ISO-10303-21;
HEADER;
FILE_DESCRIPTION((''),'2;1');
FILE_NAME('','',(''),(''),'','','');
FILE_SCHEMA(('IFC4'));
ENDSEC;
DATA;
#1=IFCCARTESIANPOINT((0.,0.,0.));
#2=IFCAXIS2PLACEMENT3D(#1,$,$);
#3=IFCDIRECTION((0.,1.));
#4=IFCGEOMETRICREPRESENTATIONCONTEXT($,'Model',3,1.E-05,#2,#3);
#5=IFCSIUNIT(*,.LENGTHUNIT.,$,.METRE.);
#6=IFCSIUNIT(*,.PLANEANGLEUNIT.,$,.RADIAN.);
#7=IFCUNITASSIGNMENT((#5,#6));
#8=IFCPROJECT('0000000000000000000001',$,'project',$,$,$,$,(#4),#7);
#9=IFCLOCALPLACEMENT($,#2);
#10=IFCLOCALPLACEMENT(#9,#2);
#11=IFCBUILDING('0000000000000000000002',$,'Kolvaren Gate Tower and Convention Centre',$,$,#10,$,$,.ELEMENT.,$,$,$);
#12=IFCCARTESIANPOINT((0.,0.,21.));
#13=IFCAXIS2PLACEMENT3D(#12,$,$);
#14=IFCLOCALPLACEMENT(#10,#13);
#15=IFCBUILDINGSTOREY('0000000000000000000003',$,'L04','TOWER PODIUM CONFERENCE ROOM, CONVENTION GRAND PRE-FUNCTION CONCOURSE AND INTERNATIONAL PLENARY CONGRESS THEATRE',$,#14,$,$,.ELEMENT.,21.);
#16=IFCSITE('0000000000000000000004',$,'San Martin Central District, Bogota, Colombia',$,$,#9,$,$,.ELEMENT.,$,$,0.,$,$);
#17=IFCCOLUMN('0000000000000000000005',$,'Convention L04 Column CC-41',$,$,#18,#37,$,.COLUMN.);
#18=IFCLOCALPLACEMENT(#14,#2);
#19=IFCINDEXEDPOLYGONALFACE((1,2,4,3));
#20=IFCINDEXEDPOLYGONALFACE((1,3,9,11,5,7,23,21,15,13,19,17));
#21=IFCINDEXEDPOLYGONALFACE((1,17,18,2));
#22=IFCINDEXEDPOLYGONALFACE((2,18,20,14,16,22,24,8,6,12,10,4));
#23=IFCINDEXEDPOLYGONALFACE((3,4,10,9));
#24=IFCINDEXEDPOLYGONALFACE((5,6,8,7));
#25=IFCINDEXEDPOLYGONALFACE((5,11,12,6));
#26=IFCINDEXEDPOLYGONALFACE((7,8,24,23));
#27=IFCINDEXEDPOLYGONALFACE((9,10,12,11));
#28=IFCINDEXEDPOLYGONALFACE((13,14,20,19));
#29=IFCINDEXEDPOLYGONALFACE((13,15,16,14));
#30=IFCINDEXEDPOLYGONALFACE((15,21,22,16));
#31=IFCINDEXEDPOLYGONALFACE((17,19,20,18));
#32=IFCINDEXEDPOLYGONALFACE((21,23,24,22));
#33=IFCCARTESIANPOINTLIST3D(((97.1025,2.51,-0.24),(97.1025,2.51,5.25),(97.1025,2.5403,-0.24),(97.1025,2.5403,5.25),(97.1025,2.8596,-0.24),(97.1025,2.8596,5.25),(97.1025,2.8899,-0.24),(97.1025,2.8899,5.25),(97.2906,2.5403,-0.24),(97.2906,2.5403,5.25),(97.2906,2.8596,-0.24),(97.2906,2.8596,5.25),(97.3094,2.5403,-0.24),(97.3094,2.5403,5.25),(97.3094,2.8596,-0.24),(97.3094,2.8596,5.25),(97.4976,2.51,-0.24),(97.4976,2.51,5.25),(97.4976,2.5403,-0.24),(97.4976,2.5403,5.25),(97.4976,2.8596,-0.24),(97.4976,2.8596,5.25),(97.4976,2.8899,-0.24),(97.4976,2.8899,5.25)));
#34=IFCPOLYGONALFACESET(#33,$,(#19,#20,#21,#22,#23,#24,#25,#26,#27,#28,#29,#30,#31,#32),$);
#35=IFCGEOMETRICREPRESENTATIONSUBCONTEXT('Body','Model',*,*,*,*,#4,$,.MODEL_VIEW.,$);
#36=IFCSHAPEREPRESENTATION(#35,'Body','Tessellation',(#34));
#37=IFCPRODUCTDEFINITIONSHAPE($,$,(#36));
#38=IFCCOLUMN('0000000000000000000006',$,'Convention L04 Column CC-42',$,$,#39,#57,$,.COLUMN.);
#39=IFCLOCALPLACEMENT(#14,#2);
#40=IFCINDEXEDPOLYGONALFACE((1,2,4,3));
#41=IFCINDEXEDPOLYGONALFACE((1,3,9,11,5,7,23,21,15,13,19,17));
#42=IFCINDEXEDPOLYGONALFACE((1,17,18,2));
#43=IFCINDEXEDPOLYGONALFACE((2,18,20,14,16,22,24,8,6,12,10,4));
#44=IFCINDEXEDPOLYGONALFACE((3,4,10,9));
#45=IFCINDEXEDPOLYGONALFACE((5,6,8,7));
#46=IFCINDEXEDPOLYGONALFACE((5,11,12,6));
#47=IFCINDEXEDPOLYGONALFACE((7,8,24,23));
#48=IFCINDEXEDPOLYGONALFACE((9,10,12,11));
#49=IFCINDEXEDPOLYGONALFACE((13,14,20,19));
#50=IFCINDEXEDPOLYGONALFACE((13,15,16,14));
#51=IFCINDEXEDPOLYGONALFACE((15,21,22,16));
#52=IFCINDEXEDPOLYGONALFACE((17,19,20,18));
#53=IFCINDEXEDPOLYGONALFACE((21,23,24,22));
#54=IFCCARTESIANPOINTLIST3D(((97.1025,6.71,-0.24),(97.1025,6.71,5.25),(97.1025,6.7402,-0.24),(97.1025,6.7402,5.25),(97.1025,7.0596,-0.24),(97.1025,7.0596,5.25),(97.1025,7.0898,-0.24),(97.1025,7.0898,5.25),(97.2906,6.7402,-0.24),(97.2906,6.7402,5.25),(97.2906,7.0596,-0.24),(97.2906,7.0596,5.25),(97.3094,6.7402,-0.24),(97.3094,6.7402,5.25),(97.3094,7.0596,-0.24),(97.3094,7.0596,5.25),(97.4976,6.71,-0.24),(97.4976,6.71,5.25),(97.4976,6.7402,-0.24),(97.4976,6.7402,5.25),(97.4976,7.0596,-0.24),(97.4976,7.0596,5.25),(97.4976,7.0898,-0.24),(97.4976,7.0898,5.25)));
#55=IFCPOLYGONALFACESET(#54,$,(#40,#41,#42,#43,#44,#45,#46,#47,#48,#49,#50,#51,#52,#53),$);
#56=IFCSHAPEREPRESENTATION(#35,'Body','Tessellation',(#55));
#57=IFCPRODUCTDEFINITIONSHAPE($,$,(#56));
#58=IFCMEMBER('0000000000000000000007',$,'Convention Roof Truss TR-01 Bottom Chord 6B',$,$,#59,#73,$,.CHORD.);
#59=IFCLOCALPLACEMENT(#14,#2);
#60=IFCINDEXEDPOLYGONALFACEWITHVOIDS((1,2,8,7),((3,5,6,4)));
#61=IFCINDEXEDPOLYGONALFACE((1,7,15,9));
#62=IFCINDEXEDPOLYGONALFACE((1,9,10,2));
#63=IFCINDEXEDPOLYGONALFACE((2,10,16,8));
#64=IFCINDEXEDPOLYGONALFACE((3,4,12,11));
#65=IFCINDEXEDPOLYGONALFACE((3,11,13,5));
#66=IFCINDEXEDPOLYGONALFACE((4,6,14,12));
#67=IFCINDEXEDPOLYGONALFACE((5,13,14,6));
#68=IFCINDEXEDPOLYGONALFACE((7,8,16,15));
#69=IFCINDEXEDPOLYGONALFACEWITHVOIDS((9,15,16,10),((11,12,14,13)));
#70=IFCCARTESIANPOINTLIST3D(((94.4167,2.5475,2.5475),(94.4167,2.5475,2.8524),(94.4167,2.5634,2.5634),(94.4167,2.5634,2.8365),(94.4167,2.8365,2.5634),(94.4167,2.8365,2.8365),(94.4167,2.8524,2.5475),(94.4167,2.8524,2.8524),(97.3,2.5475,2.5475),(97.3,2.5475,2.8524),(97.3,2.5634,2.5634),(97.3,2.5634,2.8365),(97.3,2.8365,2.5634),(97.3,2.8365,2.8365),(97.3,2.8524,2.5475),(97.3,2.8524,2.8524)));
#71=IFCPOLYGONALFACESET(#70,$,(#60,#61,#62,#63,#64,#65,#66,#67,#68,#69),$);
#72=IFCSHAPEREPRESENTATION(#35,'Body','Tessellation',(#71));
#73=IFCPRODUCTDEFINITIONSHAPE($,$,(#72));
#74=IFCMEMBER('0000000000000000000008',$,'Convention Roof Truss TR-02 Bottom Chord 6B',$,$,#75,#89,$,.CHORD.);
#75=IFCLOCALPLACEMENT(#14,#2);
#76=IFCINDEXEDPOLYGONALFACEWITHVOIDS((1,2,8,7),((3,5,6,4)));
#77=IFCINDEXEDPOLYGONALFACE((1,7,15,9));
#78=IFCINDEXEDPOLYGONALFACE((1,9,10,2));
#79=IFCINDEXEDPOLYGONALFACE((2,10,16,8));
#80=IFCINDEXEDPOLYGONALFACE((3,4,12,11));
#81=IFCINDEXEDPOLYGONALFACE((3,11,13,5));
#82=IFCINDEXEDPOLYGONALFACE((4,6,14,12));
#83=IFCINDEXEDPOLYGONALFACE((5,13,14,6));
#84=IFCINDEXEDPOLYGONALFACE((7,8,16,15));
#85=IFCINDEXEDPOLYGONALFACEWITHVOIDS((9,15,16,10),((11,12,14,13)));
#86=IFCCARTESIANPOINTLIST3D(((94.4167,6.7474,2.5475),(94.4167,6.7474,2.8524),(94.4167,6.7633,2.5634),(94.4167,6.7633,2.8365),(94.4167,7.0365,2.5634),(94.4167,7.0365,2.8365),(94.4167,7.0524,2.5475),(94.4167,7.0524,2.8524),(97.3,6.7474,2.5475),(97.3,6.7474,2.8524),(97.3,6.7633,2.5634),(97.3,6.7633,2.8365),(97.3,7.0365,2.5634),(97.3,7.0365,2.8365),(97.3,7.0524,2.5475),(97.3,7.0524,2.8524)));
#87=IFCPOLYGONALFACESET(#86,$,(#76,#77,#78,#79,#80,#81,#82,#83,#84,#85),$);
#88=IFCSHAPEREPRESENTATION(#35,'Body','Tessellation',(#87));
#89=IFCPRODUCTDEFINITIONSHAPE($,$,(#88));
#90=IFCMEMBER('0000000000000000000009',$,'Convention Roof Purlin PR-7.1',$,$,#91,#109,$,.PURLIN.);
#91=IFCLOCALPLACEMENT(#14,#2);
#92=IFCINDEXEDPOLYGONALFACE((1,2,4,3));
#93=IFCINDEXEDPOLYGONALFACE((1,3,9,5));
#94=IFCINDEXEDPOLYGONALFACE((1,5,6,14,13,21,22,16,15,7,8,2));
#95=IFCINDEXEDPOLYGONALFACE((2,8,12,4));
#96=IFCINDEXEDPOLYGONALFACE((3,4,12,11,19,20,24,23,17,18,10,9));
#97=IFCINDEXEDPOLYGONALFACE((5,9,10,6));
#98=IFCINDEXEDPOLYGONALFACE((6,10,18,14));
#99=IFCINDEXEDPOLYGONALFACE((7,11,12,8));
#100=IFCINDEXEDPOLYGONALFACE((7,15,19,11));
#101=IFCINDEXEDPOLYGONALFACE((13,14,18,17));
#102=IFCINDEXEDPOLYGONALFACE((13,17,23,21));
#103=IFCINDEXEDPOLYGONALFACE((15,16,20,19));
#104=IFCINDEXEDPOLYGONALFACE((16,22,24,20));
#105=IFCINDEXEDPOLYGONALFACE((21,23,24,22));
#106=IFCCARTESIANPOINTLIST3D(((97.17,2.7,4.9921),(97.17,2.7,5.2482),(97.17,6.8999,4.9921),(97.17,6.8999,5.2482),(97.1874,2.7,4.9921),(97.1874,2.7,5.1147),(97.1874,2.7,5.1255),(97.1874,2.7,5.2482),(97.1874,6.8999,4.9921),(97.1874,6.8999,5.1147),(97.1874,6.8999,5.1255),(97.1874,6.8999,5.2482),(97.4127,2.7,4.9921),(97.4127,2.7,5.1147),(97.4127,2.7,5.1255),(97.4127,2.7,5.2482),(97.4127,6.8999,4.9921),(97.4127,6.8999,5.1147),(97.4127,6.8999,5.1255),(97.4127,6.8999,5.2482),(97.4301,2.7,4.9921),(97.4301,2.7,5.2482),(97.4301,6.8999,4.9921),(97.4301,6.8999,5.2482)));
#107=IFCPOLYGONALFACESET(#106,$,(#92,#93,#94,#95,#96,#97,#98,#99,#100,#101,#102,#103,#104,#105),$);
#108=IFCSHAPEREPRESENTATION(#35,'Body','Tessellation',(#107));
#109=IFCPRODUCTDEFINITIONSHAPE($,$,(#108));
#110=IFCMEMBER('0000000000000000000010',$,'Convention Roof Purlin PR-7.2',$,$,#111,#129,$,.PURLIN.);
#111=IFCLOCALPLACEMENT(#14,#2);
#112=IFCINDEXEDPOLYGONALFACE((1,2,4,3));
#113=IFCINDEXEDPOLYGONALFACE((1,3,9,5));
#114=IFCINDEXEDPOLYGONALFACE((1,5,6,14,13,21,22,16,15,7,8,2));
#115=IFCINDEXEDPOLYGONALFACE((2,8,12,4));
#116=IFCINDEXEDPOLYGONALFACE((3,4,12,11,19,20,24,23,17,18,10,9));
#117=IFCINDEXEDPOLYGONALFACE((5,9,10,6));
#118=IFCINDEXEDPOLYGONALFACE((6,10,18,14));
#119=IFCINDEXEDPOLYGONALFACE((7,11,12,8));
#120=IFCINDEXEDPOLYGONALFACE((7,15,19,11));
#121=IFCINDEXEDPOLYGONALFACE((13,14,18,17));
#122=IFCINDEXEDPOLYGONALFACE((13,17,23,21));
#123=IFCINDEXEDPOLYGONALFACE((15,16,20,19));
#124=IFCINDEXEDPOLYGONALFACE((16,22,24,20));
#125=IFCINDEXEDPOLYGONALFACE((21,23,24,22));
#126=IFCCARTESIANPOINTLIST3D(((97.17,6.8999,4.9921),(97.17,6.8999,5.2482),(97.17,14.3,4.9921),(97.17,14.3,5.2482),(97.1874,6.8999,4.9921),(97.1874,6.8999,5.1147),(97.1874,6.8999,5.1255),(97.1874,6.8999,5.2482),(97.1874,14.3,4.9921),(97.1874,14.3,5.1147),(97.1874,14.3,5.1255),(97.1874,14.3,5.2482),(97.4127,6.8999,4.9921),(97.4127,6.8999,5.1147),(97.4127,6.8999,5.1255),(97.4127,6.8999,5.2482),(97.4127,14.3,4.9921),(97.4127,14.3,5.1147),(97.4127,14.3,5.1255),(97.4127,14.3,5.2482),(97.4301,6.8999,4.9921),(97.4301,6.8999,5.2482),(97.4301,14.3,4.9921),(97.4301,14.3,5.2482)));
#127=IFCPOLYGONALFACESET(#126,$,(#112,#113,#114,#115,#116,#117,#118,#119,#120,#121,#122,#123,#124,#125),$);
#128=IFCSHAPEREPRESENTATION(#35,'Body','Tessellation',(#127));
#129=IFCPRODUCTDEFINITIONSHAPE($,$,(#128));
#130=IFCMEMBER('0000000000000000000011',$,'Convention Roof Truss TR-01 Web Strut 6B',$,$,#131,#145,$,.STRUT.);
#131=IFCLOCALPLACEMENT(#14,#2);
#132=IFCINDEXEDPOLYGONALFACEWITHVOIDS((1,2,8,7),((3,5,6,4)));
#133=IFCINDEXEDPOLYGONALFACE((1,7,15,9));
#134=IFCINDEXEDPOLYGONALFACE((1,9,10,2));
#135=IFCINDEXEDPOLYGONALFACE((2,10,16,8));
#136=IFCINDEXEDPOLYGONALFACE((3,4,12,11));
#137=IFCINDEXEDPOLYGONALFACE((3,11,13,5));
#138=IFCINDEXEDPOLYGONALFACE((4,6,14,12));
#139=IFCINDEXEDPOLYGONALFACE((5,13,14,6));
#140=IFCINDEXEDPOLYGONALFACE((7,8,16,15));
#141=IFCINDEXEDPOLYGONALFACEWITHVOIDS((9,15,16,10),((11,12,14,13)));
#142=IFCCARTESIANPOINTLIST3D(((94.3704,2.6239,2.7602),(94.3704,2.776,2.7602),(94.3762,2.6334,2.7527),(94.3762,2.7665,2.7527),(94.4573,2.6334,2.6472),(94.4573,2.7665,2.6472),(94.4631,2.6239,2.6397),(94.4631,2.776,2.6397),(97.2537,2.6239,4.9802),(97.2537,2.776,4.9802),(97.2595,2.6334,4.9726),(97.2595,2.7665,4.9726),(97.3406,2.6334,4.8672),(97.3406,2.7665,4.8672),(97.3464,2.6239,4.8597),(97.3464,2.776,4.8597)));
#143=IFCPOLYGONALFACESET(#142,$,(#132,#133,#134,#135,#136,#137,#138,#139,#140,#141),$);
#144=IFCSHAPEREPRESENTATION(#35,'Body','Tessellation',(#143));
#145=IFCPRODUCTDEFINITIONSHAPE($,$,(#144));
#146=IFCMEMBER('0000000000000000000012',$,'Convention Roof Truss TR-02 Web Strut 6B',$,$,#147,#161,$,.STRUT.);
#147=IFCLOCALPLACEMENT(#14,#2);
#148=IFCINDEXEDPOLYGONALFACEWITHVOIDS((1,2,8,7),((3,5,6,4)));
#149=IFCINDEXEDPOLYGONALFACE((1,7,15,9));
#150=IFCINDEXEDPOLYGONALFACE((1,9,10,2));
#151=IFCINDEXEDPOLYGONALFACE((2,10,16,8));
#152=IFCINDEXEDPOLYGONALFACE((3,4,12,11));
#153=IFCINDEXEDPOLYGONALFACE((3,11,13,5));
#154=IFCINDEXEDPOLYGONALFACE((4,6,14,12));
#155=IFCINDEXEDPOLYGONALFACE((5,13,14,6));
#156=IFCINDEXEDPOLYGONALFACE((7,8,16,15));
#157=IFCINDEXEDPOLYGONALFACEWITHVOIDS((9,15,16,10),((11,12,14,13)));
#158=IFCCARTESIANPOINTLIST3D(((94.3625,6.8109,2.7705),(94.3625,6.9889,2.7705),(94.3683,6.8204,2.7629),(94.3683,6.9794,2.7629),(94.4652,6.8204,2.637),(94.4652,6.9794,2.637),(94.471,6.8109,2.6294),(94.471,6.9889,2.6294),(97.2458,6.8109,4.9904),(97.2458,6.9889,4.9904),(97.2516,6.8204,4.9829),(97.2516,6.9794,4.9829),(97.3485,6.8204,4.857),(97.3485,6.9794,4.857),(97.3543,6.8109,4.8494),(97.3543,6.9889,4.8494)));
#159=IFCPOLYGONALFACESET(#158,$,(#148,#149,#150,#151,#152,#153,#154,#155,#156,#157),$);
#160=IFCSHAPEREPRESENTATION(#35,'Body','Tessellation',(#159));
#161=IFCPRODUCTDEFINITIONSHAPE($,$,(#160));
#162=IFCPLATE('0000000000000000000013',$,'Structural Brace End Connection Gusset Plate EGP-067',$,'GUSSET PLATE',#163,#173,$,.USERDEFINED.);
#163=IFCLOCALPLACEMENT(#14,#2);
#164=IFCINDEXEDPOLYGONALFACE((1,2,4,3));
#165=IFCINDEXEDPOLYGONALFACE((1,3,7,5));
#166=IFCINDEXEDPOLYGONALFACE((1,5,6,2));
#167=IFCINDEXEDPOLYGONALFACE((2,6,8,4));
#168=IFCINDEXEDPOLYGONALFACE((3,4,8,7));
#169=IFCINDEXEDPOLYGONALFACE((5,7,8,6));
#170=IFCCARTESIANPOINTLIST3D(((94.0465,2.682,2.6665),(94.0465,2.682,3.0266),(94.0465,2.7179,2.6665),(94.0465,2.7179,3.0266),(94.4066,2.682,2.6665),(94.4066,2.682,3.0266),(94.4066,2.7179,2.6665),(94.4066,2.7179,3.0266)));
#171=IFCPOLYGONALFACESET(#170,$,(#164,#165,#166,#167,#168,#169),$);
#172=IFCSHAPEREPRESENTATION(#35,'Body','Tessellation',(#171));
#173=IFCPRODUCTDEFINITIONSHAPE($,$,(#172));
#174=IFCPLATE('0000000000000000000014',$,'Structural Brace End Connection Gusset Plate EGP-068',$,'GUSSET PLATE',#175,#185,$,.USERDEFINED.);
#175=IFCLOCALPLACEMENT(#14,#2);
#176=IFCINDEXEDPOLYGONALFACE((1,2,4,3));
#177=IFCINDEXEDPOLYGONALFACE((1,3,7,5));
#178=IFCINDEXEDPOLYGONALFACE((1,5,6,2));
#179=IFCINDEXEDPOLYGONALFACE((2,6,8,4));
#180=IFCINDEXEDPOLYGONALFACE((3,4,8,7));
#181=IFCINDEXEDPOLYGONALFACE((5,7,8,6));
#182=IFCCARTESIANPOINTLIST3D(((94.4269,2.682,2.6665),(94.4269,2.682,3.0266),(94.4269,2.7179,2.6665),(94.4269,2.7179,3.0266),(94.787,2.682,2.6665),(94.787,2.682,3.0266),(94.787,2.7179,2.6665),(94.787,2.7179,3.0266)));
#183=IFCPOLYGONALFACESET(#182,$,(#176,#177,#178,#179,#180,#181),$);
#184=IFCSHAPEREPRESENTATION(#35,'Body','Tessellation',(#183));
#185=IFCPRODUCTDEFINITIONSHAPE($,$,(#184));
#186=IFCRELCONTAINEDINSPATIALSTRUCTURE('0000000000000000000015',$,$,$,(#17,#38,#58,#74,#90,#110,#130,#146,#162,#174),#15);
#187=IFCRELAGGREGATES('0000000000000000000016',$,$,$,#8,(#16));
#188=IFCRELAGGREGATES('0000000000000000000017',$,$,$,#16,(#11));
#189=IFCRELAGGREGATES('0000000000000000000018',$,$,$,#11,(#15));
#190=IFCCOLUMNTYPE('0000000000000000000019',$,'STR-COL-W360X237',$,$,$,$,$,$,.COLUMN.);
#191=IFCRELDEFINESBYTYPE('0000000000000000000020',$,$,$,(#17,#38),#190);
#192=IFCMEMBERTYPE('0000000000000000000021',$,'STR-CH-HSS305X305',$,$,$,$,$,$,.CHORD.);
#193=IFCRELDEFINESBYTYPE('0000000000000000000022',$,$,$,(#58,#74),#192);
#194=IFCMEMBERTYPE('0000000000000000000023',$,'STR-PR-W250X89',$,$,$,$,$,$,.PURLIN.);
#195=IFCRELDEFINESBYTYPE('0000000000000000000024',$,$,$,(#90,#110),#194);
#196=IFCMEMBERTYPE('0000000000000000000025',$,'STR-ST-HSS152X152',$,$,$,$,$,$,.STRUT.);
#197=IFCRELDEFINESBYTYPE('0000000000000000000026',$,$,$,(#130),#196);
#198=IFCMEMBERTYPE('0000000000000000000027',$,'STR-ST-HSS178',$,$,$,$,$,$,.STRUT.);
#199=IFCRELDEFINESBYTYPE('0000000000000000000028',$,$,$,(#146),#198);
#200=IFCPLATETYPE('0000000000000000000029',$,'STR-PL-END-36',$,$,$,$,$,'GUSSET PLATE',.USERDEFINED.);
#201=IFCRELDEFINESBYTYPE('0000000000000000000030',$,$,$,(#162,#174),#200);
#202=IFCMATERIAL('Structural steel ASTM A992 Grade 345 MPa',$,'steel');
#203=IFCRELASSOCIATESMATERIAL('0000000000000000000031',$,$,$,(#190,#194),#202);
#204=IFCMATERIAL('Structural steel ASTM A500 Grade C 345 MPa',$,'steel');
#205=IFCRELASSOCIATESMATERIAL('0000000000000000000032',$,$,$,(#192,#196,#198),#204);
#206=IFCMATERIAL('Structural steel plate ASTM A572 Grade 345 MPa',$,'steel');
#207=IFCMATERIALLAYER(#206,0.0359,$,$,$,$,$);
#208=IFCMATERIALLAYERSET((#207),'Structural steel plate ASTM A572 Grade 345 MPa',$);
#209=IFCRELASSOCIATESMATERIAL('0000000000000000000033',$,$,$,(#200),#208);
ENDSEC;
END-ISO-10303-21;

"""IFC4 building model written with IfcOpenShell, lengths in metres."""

from ifc_helpers import new_model, si_unit, direction, frame, origin, origin_2d, place, context, subcontext, project, spatial, rectangle, hollow_rectangle, i_section, extrude, material, layer, layer_set, material_profile, profile_set, type_object, element, save


model = new_model("IFC4")

# Units and contexts
model_context = context("Model", 3, precision=1e-05, world=origin(), true_north=direction((0.0, 1.0)))
body_context = subcontext(model_context, "Body", "Model", "MODEL_VIEW")
ifc_project = project(units=[si_unit("LENGTHUNIT", "METRE"), si_unit("PLANEANGLEUNIT", "RADIAN")], contexts=[model_context])

# Site, building, storey
site_placement = place(None, origin())
site = spatial("IfcSite", under=ifc_project, at=site_placement, Name="San Martin Central District, Bogota, Colombia", CompositionType="ELEMENT", RefElevation=0.0)
building_placement = place(site_placement, origin())
building = spatial("IfcBuilding", under=site, at=building_placement, Name="Kolvaren Gate Tower and Convention Centre", CompositionType="ELEMENT")
storey_placement = place(building_placement, frame((0.0, 0.0, 21.0)))
storey = spatial("IfcBuildingStorey", under=building, at=storey_placement, Name="L04", Description="TOWER PODIUM CONFERENCE ROOM, CONVENTION GRAND PRE-FUNCTION CONCOURSE AND INTERNATIONAL PLENARY CONGRESS THEATRE", CompositionType="ELEMENT", Elevation=21.0)

# Columns
ifc_material_1 = material(Name="Structural steel ASTM A992 Grade 345 MPa", Category="steel")
ifc_material_profile_1 = material_profile(ifc_material_1, i_section(OverallWidth=0.395, OverallDepth=0.3799, WebThickness=0.0188, FlangeThickness=0.0303, at=origin_2d()), Name="W360X237")
ifc_profile_set_1 = profile_set([ifc_material_profile_1], Name="Structural steel ASTM A992 Grade 345 MPa")
column_type = type_object("IfcColumnType", Name="STR-COL-W360X237", PredefinedType="COLUMN", material=ifc_profile_set_1)
for number, where, z_axis, x_axis, name in (
    (1, (97.3, 2.7, -0.24), (0.0, 0.0, 1.0), (1.0, 0.0, 0.0), "Convention L04 Column CC-41"),
    (2, (97.3, 6.8999, -0.24), (0.0, 0.0, 1.0), (1.0, 0.0, 0.0), "Convention L04 Column CC-42"),
):
    element("IfcColumn", number, at=place(storey_placement, frame(where, z_axis=z_axis, x_axis=x_axis)), inside=storey, type_object=column_type, Name=name, PredefinedType="COLUMN", context=body_context, shape_type="SweptSolid", body=[
        extrude(i_section(OverallWidth=0.395, OverallDepth=0.3799, WebThickness=0.0188, FlangeThickness=0.0303, at=origin_2d()), origin(), (0.0, 0.0, 1.0), 5.49),
    ])

# Members
ifc_material_2 = material(Name="Structural steel ASTM A500 Grade C 345 MPa", Category="steel")
ifc_material_profile_2 = material_profile(ifc_material_2, hollow_rectangle(XDim=0.3049, YDim=0.3049, WallThickness=0.0159, at=origin_2d()), Name="HSS305X305X15.9")
ifc_profile_set_2 = profile_set([ifc_material_profile_2], Name="Structural steel ASTM A500 Grade C 345 MPa")
member_type_1 = type_object("IfcMemberType", Name="STR-CH-HSS305X305", PredefinedType="CHORD", material=ifc_profile_set_2)
for number, where, z_axis, x_axis, name in (
    (3, (94.4167, 2.7, 2.7), (1.0, 0.0, 0.0), (0.0, 1.0, 0.0), "Convention Roof Truss TR-01 Bottom Chord 6B"),
    (4, (94.4167, 6.8999, 2.7), (1.0, 0.0, 0.0), (0.0, 1.0, 0.0), "Convention Roof Truss TR-02 Bottom Chord 6B"),
):
    element("IfcMember", number, at=place(storey_placement, frame(where, z_axis=z_axis, x_axis=x_axis)), inside=storey, type_object=member_type_1, Name=name, PredefinedType="CHORD", context=body_context, shape_type="SweptSolid", body=[
        extrude(hollow_rectangle(XDim=0.3049, YDim=0.3049, WallThickness=0.0159, at=origin_2d()), origin(), (0.0, 0.0, 1.0), 2.8833),
    ])
ifc_material_profile_3 = material_profile(ifc_material_1, i_section(OverallWidth=0.2561, OverallDepth=0.26, WebThickness=0.0107, FlangeThickness=0.0173, at=origin_2d()), Name="W250X89")
ifc_profile_set_3 = profile_set([ifc_material_profile_3], Name="Structural steel ASTM A992 Grade 345 MPa")
member_type_2 = type_object("IfcMemberType", Name="STR-PR-W250X89", PredefinedType="PURLIN", material=ifc_profile_set_3)
member_1_placement = place(storey_placement, frame((97.3, 2.7, 5.1201), z_axis=(0.0, 1.0, 0.0), x_axis=(0.0, 0.0, 1.0)))
element("IfcMember", 5, at=member_1_placement, inside=storey, type_object=member_type_2, Name="Convention Roof Purlin PR-7.1", PredefinedType="PURLIN", context=body_context, shape_type="SweptSolid", body=[
    extrude(i_section(OverallWidth=0.2561, OverallDepth=0.26, WebThickness=0.0107, FlangeThickness=0.0173, at=origin_2d()), origin(), (0.0, 0.0, 1.0), 4.2),
])
member_2_placement = place(storey_placement, frame((97.3, 6.8999, 5.1201), z_axis=(0.0, 1.0, 0.0), x_axis=(0.0, 0.0, 1.0)))
element("IfcMember", 6, at=member_2_placement, inside=storey, type_object=member_type_2, Name="Convention Roof Purlin PR-7.2", PredefinedType="PURLIN", context=body_context, shape_type="SweptSolid", body=[
    extrude(i_section(OverallWidth=0.2561, OverallDepth=0.26, WebThickness=0.0107, FlangeThickness=0.0173, at=origin_2d()), origin(), (0.0, 0.0, 1.0), 7.4001),
])
ifc_material_profile_4 = material_profile(ifc_material_2, hollow_rectangle(XDim=0.1521, YDim=0.1521, WallThickness=0.0095, at=origin_2d()), Name="HSS152X152X9.5")
ifc_profile_set_4 = profile_set([ifc_material_profile_4], Name="Structural steel ASTM A500 Grade C 345 MPa")
member_type_3 = type_object("IfcMemberType", Name="STR-ST-HSS152X152", PredefinedType="STRUT", material=ifc_profile_set_4)
member_3_placement = place(storey_placement, frame((94.4167, 2.7, 2.7), z_axis=(0.792352, 0.0, 0.610064), x_axis=(0.0, 1.0, 0.0)))
element("IfcMember", 7, at=member_3_placement, inside=storey, type_object=member_type_3, Name="Convention Roof Truss TR-01 Web Strut 6B", PredefinedType="STRUT", context=body_context, shape_type="SweptSolid", body=[
    extrude(hollow_rectangle(XDim=0.1521, YDim=0.1521, WallThickness=0.0095, at=origin_2d()), origin(), (0.0, 0.0, 1.0), 3.6389),
])
ifc_material_profile_5 = material_profile(ifc_material_2, hollow_rectangle(XDim=0.178, YDim=0.178, WallThickness=0.0095, at=origin_2d()), Name="HSS178X178X9.5")
ifc_profile_set_5 = profile_set([ifc_material_profile_5], Name="Structural steel ASTM A500 Grade C 345 MPa")
member_type_4 = type_object("IfcMemberType", Name="STR-ST-HSS178", PredefinedType="STRUT", material=ifc_profile_set_5)
member_4_placement = place(storey_placement, frame((94.4167, 6.8999, 2.7), z_axis=(0.792352, 0.0, 0.610064), x_axis=(0.0, 1.0, 0.0)))
element("IfcMember", 8, at=member_4_placement, inside=storey, type_object=member_type_4, Name="Convention Roof Truss TR-02 Web Strut 6B", PredefinedType="STRUT", context=body_context, shape_type="SweptSolid", body=[
    extrude(hollow_rectangle(XDim=0.178, YDim=0.178, WallThickness=0.0095, at=origin_2d()), origin(), (0.0, 0.0, 1.0), 3.6389),
])

# Plates
ifc_material_3 = material(Name="Structural steel plate ASTM A572 Grade 345 MPa", Category="steel")
ifc_layer_1 = layer(ifc_material_3, 0.0359)
ifc_layer_set_1 = layer_set([ifc_layer_1], Name="Structural steel plate ASTM A572 Grade 345 MPa")
plate_type_1 = type_object("IfcPlateType", Name="STR-PL-END-36", ElementType="GUSSET PLATE", PredefinedType="USERDEFINED", material=ifc_layer_set_1)
for number, where, z_axis, x_axis, name in (
    (9, (94.2266, 2.7, 2.6665), (0.0, 0.0, 1.0), (1.0, 0.0, 0.0), "Structural Brace End Connection Gusset Plate EGP-067"),
    (10, (94.6069, 2.7, 2.6665), (0.0, 0.0, 1.0), (1.0, 0.0, 0.0), "Structural Brace End Connection Gusset Plate EGP-068"),
):
    element("IfcPlate", number, at=place(storey_placement, frame(where, z_axis=z_axis, x_axis=x_axis)), inside=storey, type_object=plate_type_1, Name=name, ObjectType="GUSSET PLATE", PredefinedType="USERDEFINED", context=body_context, shape_type="SweptSolid", body=[
        extrude(rectangle(XDim=0.3601, YDim=0.0359, at=origin_2d()), origin(), (0.0, 0.0, 1.0), 0.3601),
    ])

save(model, "model.ifc")
